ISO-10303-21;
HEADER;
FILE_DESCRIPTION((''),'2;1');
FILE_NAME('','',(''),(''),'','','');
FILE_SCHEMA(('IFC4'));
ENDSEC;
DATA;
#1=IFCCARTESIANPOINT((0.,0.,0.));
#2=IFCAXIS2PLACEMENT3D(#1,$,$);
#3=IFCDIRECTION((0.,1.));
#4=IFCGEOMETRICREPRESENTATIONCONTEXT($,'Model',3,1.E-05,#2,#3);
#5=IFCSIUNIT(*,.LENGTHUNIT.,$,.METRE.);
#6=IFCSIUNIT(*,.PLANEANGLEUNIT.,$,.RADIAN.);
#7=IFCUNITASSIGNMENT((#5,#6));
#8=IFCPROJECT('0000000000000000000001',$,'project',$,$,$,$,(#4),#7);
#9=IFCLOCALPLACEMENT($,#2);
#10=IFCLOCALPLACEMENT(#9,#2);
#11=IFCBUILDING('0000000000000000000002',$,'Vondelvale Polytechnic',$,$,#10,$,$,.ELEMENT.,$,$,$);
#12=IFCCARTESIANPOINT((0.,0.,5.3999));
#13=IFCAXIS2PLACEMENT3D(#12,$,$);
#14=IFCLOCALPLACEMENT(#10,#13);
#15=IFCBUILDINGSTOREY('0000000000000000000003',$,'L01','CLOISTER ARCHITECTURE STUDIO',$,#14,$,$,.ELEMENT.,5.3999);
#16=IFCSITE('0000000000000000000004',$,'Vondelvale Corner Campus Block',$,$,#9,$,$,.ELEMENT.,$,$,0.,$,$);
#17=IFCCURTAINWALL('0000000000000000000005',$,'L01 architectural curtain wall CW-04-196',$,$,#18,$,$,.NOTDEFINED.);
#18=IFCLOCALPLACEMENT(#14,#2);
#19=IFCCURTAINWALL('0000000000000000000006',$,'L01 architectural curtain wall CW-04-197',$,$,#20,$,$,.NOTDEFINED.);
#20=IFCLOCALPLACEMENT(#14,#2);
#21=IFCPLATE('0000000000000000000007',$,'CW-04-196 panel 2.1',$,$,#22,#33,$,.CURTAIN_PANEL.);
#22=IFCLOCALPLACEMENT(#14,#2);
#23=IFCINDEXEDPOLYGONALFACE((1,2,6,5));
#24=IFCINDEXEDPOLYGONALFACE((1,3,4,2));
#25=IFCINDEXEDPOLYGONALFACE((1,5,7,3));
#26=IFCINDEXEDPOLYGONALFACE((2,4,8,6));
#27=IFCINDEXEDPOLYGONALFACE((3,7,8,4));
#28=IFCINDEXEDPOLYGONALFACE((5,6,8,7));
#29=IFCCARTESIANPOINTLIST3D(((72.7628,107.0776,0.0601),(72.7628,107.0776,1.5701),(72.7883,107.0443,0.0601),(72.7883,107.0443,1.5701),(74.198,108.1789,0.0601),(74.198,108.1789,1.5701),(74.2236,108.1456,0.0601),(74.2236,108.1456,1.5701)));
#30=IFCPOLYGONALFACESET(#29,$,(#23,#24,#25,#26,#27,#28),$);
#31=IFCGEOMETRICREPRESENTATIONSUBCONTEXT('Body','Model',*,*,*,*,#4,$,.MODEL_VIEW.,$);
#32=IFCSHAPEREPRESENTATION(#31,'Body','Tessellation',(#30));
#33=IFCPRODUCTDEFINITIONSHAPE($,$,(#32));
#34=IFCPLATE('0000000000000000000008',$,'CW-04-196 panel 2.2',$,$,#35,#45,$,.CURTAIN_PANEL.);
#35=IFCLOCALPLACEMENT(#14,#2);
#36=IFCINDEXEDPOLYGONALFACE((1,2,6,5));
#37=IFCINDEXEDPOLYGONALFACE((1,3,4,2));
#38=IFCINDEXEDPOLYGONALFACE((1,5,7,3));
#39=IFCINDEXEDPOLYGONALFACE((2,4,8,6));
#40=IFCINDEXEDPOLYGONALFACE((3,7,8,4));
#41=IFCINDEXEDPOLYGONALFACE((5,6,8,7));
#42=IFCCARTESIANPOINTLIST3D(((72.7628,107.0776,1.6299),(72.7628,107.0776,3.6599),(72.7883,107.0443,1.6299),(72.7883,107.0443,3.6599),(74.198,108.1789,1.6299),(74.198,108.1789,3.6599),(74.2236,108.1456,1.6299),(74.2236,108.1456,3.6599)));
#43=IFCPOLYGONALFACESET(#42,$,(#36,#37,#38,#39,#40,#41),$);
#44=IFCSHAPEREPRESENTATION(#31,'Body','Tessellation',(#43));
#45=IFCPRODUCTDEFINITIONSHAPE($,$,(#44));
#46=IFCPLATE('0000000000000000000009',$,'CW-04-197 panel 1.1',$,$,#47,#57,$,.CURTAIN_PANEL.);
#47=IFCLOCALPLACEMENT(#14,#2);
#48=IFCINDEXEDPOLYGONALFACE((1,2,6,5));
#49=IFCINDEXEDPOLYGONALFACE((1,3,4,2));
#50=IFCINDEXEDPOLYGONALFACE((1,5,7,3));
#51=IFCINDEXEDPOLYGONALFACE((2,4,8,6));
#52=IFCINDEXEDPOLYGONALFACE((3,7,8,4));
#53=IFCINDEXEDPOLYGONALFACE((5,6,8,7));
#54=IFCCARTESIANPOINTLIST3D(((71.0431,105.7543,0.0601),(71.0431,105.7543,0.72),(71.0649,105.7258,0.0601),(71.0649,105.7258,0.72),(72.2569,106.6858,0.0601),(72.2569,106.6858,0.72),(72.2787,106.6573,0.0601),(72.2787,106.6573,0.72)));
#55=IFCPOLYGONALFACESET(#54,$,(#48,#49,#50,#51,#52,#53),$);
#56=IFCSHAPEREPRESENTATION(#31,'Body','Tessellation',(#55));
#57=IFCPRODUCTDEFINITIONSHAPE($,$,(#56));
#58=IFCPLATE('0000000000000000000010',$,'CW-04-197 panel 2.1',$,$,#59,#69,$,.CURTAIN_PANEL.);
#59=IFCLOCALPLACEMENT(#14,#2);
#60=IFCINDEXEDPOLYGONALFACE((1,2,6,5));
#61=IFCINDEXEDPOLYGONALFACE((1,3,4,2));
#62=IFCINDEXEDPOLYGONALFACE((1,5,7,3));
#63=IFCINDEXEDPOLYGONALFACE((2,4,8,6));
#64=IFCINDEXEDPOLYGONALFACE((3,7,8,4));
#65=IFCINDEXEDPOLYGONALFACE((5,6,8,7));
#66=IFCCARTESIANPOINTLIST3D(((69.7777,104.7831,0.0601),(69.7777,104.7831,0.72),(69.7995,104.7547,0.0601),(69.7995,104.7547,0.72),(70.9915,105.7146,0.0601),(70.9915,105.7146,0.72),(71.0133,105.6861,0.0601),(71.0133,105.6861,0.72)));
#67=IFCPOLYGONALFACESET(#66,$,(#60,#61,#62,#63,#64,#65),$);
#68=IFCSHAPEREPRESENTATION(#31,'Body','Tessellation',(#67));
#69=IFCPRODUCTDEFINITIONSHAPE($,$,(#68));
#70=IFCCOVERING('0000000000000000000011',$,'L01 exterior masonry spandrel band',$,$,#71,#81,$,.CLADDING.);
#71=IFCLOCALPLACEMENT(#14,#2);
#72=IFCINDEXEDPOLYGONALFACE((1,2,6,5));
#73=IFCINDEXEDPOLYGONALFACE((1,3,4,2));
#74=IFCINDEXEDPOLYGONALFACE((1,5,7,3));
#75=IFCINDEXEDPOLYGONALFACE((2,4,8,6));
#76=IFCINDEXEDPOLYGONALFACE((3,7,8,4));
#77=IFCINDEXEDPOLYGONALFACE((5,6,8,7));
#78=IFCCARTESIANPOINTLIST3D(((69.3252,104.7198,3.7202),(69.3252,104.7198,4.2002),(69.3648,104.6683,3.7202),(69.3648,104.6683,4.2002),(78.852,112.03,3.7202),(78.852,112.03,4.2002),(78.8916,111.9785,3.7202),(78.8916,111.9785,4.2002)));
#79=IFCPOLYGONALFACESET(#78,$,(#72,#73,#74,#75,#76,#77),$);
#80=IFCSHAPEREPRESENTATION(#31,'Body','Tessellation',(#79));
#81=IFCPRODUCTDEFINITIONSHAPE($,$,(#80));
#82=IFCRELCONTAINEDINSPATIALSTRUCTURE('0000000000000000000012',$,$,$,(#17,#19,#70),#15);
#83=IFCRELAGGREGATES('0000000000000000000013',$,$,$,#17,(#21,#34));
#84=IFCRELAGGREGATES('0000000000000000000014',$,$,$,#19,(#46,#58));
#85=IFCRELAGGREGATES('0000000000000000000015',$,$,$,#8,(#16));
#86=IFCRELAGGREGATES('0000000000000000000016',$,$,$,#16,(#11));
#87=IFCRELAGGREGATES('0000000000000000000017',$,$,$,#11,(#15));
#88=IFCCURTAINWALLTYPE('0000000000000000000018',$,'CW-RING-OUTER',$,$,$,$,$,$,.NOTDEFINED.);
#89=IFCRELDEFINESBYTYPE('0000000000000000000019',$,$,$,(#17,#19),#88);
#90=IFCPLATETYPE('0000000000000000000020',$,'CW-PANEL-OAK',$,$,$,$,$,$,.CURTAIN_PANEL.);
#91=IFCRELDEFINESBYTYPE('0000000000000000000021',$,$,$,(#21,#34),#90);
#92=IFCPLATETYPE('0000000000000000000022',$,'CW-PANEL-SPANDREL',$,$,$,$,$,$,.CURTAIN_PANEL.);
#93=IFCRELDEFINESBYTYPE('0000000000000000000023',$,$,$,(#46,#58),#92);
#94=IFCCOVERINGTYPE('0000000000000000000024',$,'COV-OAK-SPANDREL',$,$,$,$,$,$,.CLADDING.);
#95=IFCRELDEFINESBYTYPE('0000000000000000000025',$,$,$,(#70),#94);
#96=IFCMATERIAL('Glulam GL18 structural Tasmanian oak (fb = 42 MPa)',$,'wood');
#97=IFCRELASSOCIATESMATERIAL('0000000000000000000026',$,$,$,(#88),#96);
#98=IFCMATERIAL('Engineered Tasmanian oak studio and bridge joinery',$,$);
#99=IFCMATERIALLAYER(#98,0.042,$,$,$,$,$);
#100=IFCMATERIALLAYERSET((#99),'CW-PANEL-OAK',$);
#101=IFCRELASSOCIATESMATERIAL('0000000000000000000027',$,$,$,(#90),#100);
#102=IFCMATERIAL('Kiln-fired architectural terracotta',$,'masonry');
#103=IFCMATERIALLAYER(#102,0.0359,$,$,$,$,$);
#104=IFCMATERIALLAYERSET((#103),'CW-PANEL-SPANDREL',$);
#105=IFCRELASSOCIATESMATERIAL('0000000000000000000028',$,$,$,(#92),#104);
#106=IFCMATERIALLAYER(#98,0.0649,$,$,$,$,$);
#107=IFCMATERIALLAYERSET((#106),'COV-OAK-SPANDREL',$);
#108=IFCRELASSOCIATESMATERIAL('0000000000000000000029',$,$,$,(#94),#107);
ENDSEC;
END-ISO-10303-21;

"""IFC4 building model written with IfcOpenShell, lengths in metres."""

from ifc_helpers import new_model, si_unit, direction, frame, origin, origin_2d, place, context, subcontext, project, spatial, rectangle, extrude, material, layer, layer_set, type_object, element, aggregate, save


model = new_model("IFC4")

# Units and contexts
model_context = context("Model", 3, precision=1e-05, world=origin(), true_north=direction((0.0, 1.0)))
body_context = subcontext(model_context, "Body", "Model", "MODEL_VIEW")
ifc_project = project(units=[si_unit("LENGTHUNIT", "METRE"), si_unit("PLANEANGLEUNIT", "RADIAN")], contexts=[model_context])

# Site, building, storey
site_placement = place(None, origin())
site = spatial("IfcSite", under=ifc_project, at=site_placement, Name="Vondelvale Corner Campus Block", CompositionType="ELEMENT", RefElevation=0.0)
building_placement = place(site_placement, origin())
building = spatial("IfcBuilding", under=site, at=building_placement, Name="Vondelvale Polytechnic", CompositionType="ELEMENT")
storey_placement = place(building_placement, frame((0.0, 0.0, 5.3999)))
storey = spatial("IfcBuildingStorey", under=building, at=storey_placement, Name="L01", Description="CLOISTER ARCHITECTURE STUDIO", CompositionType="ELEMENT", Elevation=5.3999)

# Shared definitions
ifc_material_1 = material(Name="Glulam GL18 structural Tasmanian oak (fb = 42 MPa)", Category="wood")

# Curtain walls
curtain_wall_type = type_object("IfcCurtainWallType", Name="CW-RING-OUTER", PredefinedType="NOTDEFINED", material=ifc_material_1)
curtain_wall_1_placement = place(storey_placement, origin())
curtain_wall_1 = element("IfcCurtainWall", 1, at=curtain_wall_1_placement, inside=storey, type_object=curtain_wall_type, Name="L01 architectural curtain wall CW-04-196", PredefinedType="NOTDEFINED")
curtain_wall_2_placement = place(storey_placement, origin())
curtain_wall_2 = element("IfcCurtainWall", 2, at=curtain_wall_2_placement, inside=storey, type_object=curtain_wall_type, Name="L01 architectural curtain wall CW-04-197", PredefinedType="NOTDEFINED")

# Plates
ifc_material_2 = material(Name="Engineered Tasmanian oak studio and bridge joinery")
ifc_layer_1 = layer(ifc_material_2, 0.042)
ifc_layer_set_1 = layer_set([ifc_layer_1], Name="CW-PANEL-OAK")
plate_type_1 = type_object("IfcPlateType", Name="CW-PANEL-OAK", PredefinedType="CURTAIN_PANEL", material=ifc_layer_set_1)
plate_1_placement = place(storey_placement, frame((73.4932, 107.6116, 0.0601), z_axis=(0.0, 0.0, 1.0), x_axis=(-0.793346, -0.608771, 0.0)))
plate_1 = element("IfcPlate", 3, at=plate_1_placement, type_object=plate_type_1, Name="CW-04-196 panel 2.1", PredefinedType="CURTAIN_PANEL", context=body_context, shape_type="SweptSolid", body=[
    extrude(rectangle(XDim=1.8091, YDim=0.042, at=origin_2d()), origin(), (0.0, 0.0, 1.0), 1.51),
])
plate_2_placement = place(storey_placement, frame((73.4932, 107.6116, 1.6299), z_axis=(0.0, 0.0, 1.0), x_axis=(-0.793346, -0.608771, 0.0)))
plate_2 = element("IfcPlate", 4, at=plate_2_placement, type_object=plate_type_1, Name="CW-04-196 panel 2.2", PredefinedType="CURTAIN_PANEL", context=body_context, shape_type="SweptSolid", body=[
    extrude(rectangle(XDim=1.8091, YDim=0.042, at=origin_2d()), origin(), (0.0, 0.0, 1.0), 2.03),
])
aggregate(curtain_wall_1, [plate_1, plate_2])
ifc_material_3 = material(Name="Kiln-fired architectural terracotta", Category="masonry")
ifc_layer_2 = layer(ifc_material_3, 0.0359)
ifc_layer_set_2 = layer_set([ifc_layer_2], Name="CW-PANEL-SPANDREL")
plate_type_2 = type_object("IfcPlateType", Name="CW-PANEL-SPANDREL", PredefinedType="CURTAIN_PANEL", material=ifc_layer_set_2)
plate_3_placement = place(storey_placement, frame((71.6609, 106.2058, 0.0601), z_axis=(0.0, 0.0, 1.0), x_axis=(-0.793334, -0.608787, 0.0)))
plate_3 = element("IfcPlate", 5, at=plate_3_placement, type_object=plate_type_2, Name="CW-04-197 panel 1.1", PredefinedType="CURTAIN_PANEL", context=body_context, shape_type="SweptSolid", body=[
    extrude(rectangle(XDim=1.53, YDim=0.0359, at=origin_2d()), origin(), (0.0, 0.0, 1.0), 0.6599),
])
plate_4_placement = place(storey_placement, frame((70.3955, 105.2346, 0.0601), z_axis=(0.0, 0.0, 1.0), x_axis=(-0.793334, -0.608787, 0.0)))
plate_4 = element("IfcPlate", 6, at=plate_4_placement, type_object=plate_type_2, Name="CW-04-197 panel 2.1", PredefinedType="CURTAIN_PANEL", context=body_context, shape_type="SweptSolid", body=[
    extrude(rectangle(XDim=1.53, YDim=0.0359, at=origin_2d()), origin(), (0.0, 0.0, 1.0), 0.6599),
])
aggregate(curtain_wall_2, [plate_3, plate_4])

# Covering
ifc_layer_3 = layer(ifc_material_2, 0.0649)
ifc_layer_set_3 = layer_set([ifc_layer_3], Name="COV-OAK-SPANDREL")
covering_type = type_object("IfcCoveringType", Name="COV-OAK-SPANDREL", PredefinedType="CLADDING", material=ifc_layer_set_3)
covering_placement = place(storey_placement, frame((74.1084, 108.3491, 3.7202), z_axis=(0.0, 0.0, 1.0), x_axis=(-0.793353, -0.608761, 0.0)))
element("IfcCovering", 7, at=covering_placement, inside=storey, type_object=covering_type, Name="L01 exterior masonry spandrel band", PredefinedType="CLADDING", context=body_context, shape_type="SweptSolid", body=[
    extrude(rectangle(XDim=12.0083, YDim=0.0649, at=origin_2d()), origin(), (0.0, 0.0, 1.0), 0.48),
])

save(model, "model.ifc")
